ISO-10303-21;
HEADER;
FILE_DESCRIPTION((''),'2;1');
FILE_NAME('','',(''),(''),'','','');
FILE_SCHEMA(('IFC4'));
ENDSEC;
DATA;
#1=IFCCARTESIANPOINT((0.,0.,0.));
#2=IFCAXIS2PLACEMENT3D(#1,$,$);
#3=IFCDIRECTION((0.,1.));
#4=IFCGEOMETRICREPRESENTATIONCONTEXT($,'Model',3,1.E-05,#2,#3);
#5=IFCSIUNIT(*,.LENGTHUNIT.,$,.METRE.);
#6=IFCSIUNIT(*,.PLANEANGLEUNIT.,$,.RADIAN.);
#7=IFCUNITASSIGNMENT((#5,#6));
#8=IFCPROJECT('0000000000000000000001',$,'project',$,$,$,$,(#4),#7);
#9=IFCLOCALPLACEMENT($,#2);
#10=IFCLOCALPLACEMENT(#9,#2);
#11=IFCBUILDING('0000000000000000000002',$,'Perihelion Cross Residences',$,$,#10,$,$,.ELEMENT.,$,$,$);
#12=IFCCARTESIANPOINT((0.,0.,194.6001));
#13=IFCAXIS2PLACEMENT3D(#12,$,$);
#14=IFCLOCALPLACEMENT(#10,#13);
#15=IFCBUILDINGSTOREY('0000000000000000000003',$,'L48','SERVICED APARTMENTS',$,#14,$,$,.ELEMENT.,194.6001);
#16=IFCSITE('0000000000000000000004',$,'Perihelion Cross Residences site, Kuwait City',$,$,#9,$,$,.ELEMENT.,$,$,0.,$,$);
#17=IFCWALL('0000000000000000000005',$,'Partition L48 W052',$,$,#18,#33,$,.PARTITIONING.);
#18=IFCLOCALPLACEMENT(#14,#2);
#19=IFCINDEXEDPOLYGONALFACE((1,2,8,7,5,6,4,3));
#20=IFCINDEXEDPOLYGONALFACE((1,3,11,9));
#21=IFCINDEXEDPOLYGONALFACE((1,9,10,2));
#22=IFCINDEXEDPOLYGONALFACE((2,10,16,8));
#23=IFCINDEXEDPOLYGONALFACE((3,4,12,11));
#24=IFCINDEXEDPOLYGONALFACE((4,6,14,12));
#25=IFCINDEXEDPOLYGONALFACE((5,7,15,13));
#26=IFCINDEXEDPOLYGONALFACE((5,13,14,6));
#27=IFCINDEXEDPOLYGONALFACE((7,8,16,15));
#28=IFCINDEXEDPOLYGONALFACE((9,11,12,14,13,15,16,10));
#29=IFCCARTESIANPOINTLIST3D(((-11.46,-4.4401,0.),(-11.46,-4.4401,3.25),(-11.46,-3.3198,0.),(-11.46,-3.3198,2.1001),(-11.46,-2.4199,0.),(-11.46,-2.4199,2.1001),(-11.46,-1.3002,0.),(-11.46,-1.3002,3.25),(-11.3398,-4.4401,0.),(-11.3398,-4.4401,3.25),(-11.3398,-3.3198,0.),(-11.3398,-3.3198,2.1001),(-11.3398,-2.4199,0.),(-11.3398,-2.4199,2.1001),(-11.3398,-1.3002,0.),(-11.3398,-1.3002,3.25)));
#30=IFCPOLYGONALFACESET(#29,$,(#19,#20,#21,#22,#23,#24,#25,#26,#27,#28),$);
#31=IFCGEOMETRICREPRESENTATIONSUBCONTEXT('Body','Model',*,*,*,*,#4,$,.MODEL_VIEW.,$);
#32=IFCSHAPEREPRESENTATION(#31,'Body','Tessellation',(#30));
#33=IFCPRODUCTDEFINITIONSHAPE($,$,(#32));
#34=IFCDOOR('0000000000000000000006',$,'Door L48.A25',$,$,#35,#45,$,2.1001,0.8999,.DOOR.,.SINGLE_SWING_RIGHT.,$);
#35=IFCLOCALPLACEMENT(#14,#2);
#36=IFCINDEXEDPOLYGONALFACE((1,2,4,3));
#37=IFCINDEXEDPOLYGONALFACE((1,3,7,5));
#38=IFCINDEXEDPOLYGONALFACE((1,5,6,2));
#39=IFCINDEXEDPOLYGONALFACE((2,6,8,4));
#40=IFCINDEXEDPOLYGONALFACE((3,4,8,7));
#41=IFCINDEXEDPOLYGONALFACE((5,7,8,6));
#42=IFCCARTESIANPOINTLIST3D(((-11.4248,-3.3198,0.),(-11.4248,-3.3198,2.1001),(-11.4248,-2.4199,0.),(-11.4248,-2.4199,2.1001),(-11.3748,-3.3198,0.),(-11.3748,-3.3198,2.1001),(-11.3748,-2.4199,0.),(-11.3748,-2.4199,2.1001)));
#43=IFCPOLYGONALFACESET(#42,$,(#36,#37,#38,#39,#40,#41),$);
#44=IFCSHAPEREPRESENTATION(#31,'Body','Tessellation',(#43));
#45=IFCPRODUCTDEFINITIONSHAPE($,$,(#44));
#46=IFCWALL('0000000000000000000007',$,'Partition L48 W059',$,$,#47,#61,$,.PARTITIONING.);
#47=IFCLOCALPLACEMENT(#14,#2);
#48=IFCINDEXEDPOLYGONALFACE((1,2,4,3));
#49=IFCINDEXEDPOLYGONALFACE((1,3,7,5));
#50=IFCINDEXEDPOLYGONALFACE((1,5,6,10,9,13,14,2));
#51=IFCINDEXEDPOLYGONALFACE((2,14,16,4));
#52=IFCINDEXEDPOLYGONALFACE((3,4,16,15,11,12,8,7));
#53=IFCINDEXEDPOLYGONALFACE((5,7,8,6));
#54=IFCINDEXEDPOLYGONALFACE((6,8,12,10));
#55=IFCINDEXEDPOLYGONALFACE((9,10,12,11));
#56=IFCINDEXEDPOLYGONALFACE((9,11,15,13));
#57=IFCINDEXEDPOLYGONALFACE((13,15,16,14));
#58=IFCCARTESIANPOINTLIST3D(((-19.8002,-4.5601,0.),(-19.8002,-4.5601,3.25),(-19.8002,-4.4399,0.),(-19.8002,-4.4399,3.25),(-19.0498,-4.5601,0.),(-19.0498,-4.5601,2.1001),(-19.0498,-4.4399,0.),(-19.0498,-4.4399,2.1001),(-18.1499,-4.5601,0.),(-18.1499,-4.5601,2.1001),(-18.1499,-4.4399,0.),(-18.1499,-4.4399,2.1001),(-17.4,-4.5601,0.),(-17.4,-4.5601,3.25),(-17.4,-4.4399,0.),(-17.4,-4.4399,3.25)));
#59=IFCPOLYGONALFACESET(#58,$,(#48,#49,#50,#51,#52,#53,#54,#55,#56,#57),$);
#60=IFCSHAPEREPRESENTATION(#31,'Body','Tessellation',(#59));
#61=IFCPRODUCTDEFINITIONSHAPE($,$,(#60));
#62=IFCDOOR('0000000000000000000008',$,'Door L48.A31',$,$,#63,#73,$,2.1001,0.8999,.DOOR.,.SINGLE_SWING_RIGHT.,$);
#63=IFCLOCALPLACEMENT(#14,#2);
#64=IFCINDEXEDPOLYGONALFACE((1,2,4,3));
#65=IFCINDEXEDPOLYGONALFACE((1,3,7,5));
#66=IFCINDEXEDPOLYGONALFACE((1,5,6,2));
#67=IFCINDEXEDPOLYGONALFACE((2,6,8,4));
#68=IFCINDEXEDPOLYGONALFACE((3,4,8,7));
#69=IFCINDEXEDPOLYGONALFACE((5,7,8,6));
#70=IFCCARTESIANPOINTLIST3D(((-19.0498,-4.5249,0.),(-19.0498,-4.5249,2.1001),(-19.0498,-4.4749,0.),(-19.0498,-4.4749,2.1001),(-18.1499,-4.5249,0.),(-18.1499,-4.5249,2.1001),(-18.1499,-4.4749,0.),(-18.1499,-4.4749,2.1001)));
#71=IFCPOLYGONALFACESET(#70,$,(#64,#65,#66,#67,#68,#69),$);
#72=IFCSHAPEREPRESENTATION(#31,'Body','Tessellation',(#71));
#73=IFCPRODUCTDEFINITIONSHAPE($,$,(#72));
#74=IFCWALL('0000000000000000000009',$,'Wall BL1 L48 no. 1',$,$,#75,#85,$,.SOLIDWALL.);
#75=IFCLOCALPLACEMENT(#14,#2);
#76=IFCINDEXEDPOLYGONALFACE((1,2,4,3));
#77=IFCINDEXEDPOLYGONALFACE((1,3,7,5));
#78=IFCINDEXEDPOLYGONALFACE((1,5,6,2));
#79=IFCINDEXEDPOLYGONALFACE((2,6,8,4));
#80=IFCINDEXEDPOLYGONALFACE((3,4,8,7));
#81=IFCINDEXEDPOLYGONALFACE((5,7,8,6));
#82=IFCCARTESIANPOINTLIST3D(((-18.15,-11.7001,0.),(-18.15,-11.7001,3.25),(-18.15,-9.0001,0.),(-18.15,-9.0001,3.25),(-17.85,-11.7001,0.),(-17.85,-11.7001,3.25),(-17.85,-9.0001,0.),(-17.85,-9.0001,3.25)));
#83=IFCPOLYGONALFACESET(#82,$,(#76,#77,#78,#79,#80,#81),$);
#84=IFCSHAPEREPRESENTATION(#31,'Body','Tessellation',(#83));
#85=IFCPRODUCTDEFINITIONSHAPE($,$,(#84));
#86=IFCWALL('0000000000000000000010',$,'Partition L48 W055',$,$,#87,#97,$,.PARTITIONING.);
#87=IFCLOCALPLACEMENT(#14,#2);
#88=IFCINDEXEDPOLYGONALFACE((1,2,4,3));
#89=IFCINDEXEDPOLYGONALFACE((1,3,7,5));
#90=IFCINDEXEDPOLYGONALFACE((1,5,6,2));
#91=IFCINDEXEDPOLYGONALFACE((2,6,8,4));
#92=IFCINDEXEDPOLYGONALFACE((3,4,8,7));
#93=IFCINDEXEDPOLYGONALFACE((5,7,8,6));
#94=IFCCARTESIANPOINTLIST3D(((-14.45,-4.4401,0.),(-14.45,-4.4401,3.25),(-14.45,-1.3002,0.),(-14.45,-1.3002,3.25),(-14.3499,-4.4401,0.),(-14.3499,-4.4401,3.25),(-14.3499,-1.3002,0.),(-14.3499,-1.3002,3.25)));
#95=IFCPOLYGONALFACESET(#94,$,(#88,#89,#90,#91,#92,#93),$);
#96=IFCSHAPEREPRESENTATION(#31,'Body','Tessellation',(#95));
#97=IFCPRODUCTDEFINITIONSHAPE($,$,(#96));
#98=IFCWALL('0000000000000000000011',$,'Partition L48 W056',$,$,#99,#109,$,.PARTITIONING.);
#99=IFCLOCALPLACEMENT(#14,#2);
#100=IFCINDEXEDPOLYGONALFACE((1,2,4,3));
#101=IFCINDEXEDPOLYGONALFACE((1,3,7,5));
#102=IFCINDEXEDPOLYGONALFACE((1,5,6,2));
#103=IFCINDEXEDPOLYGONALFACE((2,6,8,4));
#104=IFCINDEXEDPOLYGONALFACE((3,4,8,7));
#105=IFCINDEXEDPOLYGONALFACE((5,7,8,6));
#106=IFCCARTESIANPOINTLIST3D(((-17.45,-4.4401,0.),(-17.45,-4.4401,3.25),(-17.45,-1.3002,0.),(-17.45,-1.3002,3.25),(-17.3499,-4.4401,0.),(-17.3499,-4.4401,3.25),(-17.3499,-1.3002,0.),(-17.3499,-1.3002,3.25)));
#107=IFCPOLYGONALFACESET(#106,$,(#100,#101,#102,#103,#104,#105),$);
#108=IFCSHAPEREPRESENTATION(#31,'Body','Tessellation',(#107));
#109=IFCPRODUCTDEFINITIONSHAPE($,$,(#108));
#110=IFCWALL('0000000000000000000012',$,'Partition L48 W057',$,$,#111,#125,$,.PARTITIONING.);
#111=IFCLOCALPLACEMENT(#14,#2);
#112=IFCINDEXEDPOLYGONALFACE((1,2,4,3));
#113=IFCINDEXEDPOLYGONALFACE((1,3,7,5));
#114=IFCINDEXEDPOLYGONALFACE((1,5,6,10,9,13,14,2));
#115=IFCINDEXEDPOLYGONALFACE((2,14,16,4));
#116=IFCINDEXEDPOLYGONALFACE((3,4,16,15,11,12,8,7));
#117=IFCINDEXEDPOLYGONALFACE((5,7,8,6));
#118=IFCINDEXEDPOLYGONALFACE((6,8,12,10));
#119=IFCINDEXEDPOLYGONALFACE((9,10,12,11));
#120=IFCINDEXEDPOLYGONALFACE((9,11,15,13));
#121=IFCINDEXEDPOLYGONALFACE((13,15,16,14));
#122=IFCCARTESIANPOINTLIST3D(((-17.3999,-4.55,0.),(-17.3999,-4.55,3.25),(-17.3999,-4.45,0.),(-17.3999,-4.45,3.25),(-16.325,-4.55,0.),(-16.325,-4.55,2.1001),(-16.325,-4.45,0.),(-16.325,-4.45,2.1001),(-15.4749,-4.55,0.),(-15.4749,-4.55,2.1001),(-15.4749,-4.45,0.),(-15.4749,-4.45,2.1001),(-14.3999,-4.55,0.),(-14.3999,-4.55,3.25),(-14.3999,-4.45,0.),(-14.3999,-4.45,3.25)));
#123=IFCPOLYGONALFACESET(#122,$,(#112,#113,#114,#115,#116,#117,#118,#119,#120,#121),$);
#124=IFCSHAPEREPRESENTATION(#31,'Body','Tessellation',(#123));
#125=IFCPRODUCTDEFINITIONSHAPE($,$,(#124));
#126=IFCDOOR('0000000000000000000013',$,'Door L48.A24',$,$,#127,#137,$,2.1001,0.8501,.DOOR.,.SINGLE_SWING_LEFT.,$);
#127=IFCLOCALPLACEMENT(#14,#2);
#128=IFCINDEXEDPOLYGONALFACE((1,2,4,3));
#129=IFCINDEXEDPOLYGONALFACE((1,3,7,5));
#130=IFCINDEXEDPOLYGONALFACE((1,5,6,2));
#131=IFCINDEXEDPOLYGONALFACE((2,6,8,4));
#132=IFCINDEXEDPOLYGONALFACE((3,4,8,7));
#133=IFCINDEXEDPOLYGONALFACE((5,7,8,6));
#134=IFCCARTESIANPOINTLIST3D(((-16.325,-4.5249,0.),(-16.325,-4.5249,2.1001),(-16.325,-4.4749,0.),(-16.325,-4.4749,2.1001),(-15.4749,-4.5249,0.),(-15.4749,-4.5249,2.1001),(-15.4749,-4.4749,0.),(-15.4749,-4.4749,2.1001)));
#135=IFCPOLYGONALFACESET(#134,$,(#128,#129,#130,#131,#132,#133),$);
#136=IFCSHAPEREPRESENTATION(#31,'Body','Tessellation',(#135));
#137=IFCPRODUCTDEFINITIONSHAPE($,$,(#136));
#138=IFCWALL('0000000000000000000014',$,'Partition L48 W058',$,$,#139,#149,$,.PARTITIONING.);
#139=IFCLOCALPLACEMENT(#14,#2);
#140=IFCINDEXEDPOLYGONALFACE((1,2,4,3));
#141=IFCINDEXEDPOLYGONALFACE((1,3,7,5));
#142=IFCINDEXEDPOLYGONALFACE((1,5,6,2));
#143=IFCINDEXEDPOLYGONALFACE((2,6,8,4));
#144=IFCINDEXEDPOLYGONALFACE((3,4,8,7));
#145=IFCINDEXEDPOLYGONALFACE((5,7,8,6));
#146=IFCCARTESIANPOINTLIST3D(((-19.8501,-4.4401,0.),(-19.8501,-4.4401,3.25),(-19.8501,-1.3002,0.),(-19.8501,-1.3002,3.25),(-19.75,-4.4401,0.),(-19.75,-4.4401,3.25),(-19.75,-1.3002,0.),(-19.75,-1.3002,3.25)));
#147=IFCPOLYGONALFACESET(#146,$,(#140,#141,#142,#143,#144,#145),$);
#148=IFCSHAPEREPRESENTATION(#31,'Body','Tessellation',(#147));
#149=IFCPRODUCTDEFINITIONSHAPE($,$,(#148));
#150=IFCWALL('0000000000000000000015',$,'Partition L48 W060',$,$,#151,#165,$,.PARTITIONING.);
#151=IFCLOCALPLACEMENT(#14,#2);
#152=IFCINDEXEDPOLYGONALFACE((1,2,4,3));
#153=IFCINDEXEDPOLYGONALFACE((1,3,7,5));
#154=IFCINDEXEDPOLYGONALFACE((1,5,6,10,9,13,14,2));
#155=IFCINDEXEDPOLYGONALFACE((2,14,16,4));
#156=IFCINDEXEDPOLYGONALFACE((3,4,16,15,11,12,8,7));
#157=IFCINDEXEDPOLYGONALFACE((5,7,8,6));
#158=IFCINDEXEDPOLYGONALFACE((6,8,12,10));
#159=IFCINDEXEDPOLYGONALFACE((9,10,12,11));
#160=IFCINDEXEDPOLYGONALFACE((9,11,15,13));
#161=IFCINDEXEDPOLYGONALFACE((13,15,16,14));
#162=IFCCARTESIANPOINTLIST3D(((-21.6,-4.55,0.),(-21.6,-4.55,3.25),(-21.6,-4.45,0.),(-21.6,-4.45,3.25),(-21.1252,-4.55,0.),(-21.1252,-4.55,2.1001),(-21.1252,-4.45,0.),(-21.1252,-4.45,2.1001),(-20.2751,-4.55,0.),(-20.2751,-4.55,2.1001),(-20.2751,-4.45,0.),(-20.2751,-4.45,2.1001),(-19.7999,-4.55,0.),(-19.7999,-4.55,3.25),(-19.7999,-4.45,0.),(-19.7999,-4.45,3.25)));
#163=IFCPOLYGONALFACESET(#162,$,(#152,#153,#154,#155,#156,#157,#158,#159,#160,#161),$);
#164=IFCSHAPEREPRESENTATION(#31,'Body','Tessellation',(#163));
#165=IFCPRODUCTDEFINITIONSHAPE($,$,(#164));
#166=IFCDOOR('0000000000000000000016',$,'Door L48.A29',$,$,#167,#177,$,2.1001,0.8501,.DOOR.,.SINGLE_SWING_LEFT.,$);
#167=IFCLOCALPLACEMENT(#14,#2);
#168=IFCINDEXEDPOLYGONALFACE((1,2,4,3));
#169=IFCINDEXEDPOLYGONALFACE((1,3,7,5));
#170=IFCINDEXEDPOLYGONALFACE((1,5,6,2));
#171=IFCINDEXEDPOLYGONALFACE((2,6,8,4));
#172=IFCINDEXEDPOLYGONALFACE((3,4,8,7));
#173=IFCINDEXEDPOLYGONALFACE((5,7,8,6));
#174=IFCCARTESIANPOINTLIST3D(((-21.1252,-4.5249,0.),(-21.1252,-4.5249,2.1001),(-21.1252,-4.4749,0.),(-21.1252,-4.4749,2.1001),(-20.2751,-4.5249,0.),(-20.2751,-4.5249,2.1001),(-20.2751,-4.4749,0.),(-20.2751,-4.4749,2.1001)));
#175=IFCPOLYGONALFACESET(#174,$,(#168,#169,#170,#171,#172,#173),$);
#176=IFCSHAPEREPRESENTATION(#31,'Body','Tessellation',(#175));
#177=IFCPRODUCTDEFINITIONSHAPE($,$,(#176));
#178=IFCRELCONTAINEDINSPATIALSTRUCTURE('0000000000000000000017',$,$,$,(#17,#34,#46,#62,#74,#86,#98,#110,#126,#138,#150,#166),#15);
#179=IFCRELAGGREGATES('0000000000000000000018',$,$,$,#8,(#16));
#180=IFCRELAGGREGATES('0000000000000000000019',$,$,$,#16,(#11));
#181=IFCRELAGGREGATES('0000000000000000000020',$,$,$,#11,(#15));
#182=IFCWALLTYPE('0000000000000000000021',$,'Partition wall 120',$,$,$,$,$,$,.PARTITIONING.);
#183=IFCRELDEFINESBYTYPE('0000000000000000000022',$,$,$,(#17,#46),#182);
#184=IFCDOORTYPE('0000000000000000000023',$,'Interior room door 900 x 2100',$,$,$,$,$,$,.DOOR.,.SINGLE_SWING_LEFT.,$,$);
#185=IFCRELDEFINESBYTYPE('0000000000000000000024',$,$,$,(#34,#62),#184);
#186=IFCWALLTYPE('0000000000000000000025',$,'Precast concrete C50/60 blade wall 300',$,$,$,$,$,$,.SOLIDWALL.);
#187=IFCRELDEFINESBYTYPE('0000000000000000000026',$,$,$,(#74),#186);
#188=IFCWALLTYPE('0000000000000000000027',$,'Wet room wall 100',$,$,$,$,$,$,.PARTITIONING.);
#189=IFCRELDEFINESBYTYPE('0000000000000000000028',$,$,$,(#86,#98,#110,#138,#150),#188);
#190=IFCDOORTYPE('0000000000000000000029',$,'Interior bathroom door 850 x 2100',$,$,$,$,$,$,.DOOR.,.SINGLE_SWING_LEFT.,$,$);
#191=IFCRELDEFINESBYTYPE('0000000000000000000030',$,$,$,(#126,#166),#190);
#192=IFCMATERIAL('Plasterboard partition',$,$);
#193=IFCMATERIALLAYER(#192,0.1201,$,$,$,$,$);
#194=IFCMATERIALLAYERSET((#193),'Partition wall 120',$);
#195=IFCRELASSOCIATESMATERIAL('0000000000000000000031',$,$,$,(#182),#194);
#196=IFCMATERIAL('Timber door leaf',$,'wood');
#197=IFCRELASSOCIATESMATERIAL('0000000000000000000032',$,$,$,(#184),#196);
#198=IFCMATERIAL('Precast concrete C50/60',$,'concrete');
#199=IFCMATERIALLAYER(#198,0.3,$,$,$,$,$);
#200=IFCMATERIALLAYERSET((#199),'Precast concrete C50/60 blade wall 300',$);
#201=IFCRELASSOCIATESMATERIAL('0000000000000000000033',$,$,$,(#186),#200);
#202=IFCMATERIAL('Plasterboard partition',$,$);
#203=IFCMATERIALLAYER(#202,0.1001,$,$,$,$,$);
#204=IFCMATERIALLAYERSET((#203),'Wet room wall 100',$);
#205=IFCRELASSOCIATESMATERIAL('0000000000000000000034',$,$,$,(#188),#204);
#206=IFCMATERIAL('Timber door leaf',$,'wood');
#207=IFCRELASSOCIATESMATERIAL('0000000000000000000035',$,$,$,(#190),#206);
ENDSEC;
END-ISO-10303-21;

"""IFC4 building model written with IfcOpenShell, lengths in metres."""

from ifc_helpers import new_model, si_unit, direction, frame, frame_2d, origin, place, context, subcontext, project, spatial, rectangle, extrude, material, layer, layer_set, type_object, element, fill, save


model = new_model("IFC4")

# Units and contexts
model_context = context("Model", 3, precision=1e-05, world=origin(), true_north=direction((0.0, 1.0)))
body_context = subcontext(model_context, "Body", "Model", "MODEL_VIEW")
ifc_project = project(units=[si_unit("LENGTHUNIT", "METRE"), si_unit("PLANEANGLEUNIT", "RADIAN")], contexts=[model_context])

# Site, building, storey
site_placement = place(None, origin())
site = spatial("IfcSite", under=ifc_project, at=site_placement, Name="Perihelion Cross Residences site, Kuwait City", CompositionType="ELEMENT", RefElevation=0.0)
building_placement = place(site_placement, origin())
building = spatial("IfcBuilding", under=site, at=building_placement, Name="Perihelion Cross Residences", CompositionType="ELEMENT")
storey_placement = place(building_placement, frame((0.0, 0.0, 194.6001)))
storey = spatial("IfcBuildingStorey", under=building, at=storey_placement, Name="L48", Description="SERVICED APARTMENTS", CompositionType="ELEMENT", Elevation=194.6001)

# Walls, openings, doors
ifc_material_1 = material(Name="Plasterboard partition")
ifc_layer_1 = layer(ifc_material_1, 0.1201)
ifc_layer_set_1 = layer_set([ifc_layer_1], Name="Partition wall 120")
wall_type_1 = type_object("IfcWallType", Name="Partition wall 120", PredefinedType="PARTITIONING", material=ifc_layer_set_1)
wall_1_placement = place(storey_placement, frame((-11.3999, -4.4399, 0.0), z_axis=(0.0, 0.0, 1.0), x_axis=(0.0, 1.0, 0.0)))
wall_1 = element("IfcWall", 1, at=wall_1_placement, inside=storey, type_object=wall_type_1, Name="Partition L48 W052", PredefinedType="PARTITIONING", context=body_context, shape_type="SweptSolid", body=[
    extrude(rectangle(XDim=3.1399, YDim=0.1201, at=frame_2d((1.5698, 0.0))), origin(), (0.0, 0.0, 1.0), 3.25),
])
opening_1_placement = place(wall_1_placement, frame((1.1201, 0.0, 0.0)))
opening_1 = element("IfcOpeningElement", 2, at=opening_1_placement, cuts=wall_1, PredefinedType="OPENING", context=body_context, shape_type="SweptSolid", body=[
    extrude(rectangle(XDim=0.8999, YDim=2.1001, at=frame_2d((0.45, 1.05))), frame((0.0, 0.0701, 0.0), z_axis=(0.0, -1.0, 0.0), x_axis=(1.0, 0.0, 0.0)), (0.0, 0.0, 1.0), 0.1401),
])
ifc_material_2 = material(Name="Timber door leaf", Category="wood")
door_type_1 = type_object("IfcDoorType", Name="Interior room door 900 x 2100", OperationType="SINGLE_SWING_LEFT", PredefinedType="DOOR", material=ifc_material_2)
door_1_placement = place(opening_1_placement, origin())
door_1 = element("IfcDoor", 3, at=door_1_placement, inside=storey, type_object=door_type_1, Name="Door L48.A25", OperationType="SINGLE_SWING_RIGHT", OverallHeight=2.1001, OverallWidth=0.8999, PredefinedType="DOOR", context=body_context, shape_type="SweptSolid", body=[
    extrude(rectangle(XDim=0.8999, YDim=2.1001, at=frame_2d((0.45, 1.05))), frame((0.0, 0.0249, 0.0), z_axis=(0.0, -1.0, 0.0), x_axis=(1.0, 0.0, 0.0)), (0.0, 0.0, 1.0), 0.05),
])
fill(opening_1, door_1)
wall_2_placement = place(storey_placement, frame((-17.3999, -4.5, 0.0), z_axis=(0.0, 0.0, 1.0), x_axis=(-1.0, 0.0, 0.0)))
wall_2 = element("IfcWall", 4, at=wall_2_placement, inside=storey, type_object=wall_type_1, Name="Partition L48 W059", PredefinedType="PARTITIONING", context=body_context, shape_type="SweptSolid", body=[
    extrude(rectangle(XDim=2.4001, YDim=0.1201, at=frame_2d((1.2002, 0.0))), origin(), (0.0, 0.0, 1.0), 3.25),
])
opening_2_placement = place(wall_2_placement, frame((0.75, 0.0, 0.0)))
opening_2 = element("IfcOpeningElement", 5, at=opening_2_placement, cuts=wall_2, PredefinedType="OPENING", context=body_context, shape_type="SweptSolid", body=[
    extrude(rectangle(XDim=0.8999, YDim=2.1001, at=frame_2d((0.45, 1.05))), frame((0.0, 0.0701, 0.0), z_axis=(0.0, -1.0, 0.0), x_axis=(1.0, 0.0, 0.0)), (0.0, 0.0, 1.0), 0.1401),
])
door_2_placement = place(opening_2_placement, origin())
door_2 = element("IfcDoor", 6, at=door_2_placement, inside=storey, type_object=door_type_1, Name="Door L48.A31", OperationType="SINGLE_SWING_RIGHT", OverallHeight=2.1001, OverallWidth=0.8999, PredefinedType="DOOR", context=body_context, shape_type="SweptSolid", body=[
    extrude(rectangle(XDim=0.8999, YDim=2.1001, at=frame_2d((0.45, 1.05))), frame((0.0, 0.0249, 0.0), z_axis=(0.0, -1.0, 0.0), x_axis=(1.0, 0.0, 0.0)), (0.0, 0.0, 1.0), 0.05),
])
fill(opening_2, door_2)

# Walls
ifc_material_3 = material(Name="Precast concrete C50/60", Category="concrete")
ifc_layer_2 = layer(ifc_material_3, 0.3)
ifc_layer_set_2 = layer_set([ifc_layer_2], Name="Precast concrete C50/60 blade wall 300")
wall_type_2 = type_object("IfcWallType", Name="Precast concrete C50/60 blade wall 300", PredefinedType="SOLIDWALL", material=ifc_layer_set_2)
wall_3_placement = place(storey_placement, frame((-18.0, -9.0, 0.0), z_axis=(0.0, 0.0, 1.0), x_axis=(0.0, -1.0, 0.0)))
element("IfcWall", 7, at=wall_3_placement, inside=storey, type_object=wall_type_2, Name="Wall BL1 L48 no. 1", PredefinedType="SOLIDWALL", context=body_context, shape_type="SweptSolid", body=[
    extrude(rectangle(XDim=2.7, YDim=0.3, at=frame_2d((1.3501, 0.0))), origin(), (0.0, 0.0, 1.0), 3.25),
])
ifc_material_4 = material(Name="Plasterboard partition")
ifc_layer_3 = layer(ifc_material_4, 0.1001)
ifc_layer_set_3 = layer_set([ifc_layer_3], Name="Wet room wall 100")
wall_type_3 = type_object("IfcWallType", Name="Wet room wall 100", PredefinedType="PARTITIONING", material=ifc_layer_set_3)
for number, where, z_axis, x_axis, name in (
    (8, (-14.3999, -4.4399, 0.0), (0.0, 0.0, 1.0), (0.0, 1.0, 0.0), "Partition L48 W055"),
    (9, (-17.3999, -4.4399, 0.0), (0.0, 0.0, 1.0), (0.0, 1.0, 0.0), "Partition L48 W056"),
):
    element("IfcWall", number, at=place(storey_placement, frame(where, z_axis=z_axis, x_axis=x_axis)), inside=storey, type_object=wall_type_3, Name=name, PredefinedType="PARTITIONING", context=body_context, shape_type="SweptSolid", body=[
        extrude(rectangle(XDim=3.1399, YDim=0.1001, at=frame_2d((1.5698, 0.0))), origin(), (0.0, 0.0, 1.0), 3.25),
    ])

# Wall, opening, door
wall_4_placement = place(storey_placement, frame((-14.3999, -4.5, 0.0), z_axis=(0.0, 0.0, 1.0), x_axis=(-1.0, 0.0, 0.0)))
wall_4 = element("IfcWall", 10, at=wall_4_placement, inside=storey, type_object=wall_type_3, Name="Partition L48 W057", PredefinedType="PARTITIONING", context=body_context, shape_type="SweptSolid", body=[
    extrude(rectangle(XDim=3.0, YDim=0.1001, at=frame_2d((1.5, 0.0))), origin(), (0.0, 0.0, 1.0), 3.25),
])
opening_3_placement = place(wall_4_placement, frame((1.075, 0.0, 0.0)))
opening_3 = element("IfcOpeningElement", 11, at=opening_3_placement, cuts=wall_4, PredefinedType="OPENING", context=body_context, shape_type="SweptSolid", body=[
    extrude(rectangle(XDim=0.8501, YDim=2.1001, at=frame_2d((0.425, 1.05))), frame((0.0, 0.0601, 0.0), z_axis=(0.0, -1.0, 0.0), x_axis=(1.0, 0.0, 0.0)), (0.0, 0.0, 1.0), 0.1201),
])
ifc_material_5 = material(Name="Timber door leaf", Category="wood")
door_type_2 = type_object("IfcDoorType", Name="Interior bathroom door 850 x 2100", OperationType="SINGLE_SWING_LEFT", PredefinedType="DOOR", material=ifc_material_5)
door_3_placement = place(opening_3_placement, origin())
door_3 = element("IfcDoor", 12, at=door_3_placement, inside=storey, type_object=door_type_2, Name="Door L48.A24", OperationType="SINGLE_SWING_LEFT", OverallHeight=2.1001, OverallWidth=0.8501, PredefinedType="DOOR", context=body_context, shape_type="SweptSolid", body=[
    extrude(rectangle(XDim=0.8501, YDim=2.1001, at=frame_2d((0.425, 1.05))), frame((0.0, 0.0249, 0.0), z_axis=(0.0, -1.0, 0.0), x_axis=(1.0, 0.0, 0.0)), (0.0, 0.0, 1.0), 0.05),
])
fill(opening_3, door_3)

# Wall
wall_5_placement = place(storey_placement, frame((-19.8, -4.4399, 0.0), z_axis=(0.0, 0.0, 1.0), x_axis=(0.0, 1.0, 0.0)))
element("IfcWall", 13, at=wall_5_placement, inside=storey, type_object=wall_type_3, Name="Partition L48 W058", PredefinedType="PARTITIONING", context=body_context, shape_type="SweptSolid", body=[
    extrude(rectangle(XDim=3.1399, YDim=0.1001, at=frame_2d((1.5698, 0.0))), origin(), (0.0, 0.0, 1.0), 3.25),
])

# Wall, opening, door
wall_6_placement = place(storey_placement, frame((-19.8, -4.5, 0.0), z_axis=(0.0, 0.0, 1.0), x_axis=(-1.0, 0.0, 0.0)))
wall_6 = element("IfcWall", 14, at=wall_6_placement, inside=storey, type_object=wall_type_3, Name="Partition L48 W060", PredefinedType="PARTITIONING", context=body_context, shape_type="SweptSolid", body=[
    extrude(rectangle(XDim=1.8, YDim=0.1001, at=frame_2d((0.8999, 0.0))), origin(), (0.0, 0.0, 1.0), 3.25),
])
opening_4_placement = place(wall_6_placement, frame((0.4751, 0.0, 0.0)))
opening_4 = element("IfcOpeningElement", 15, at=opening_4_placement, cuts=wall_6, PredefinedType="OPENING", context=body_context, shape_type="SweptSolid", body=[
    extrude(rectangle(XDim=0.8501, YDim=2.1001, at=frame_2d((0.425, 1.05))), frame((0.0, 0.0601, 0.0), z_axis=(0.0, -1.0, 0.0), x_axis=(1.0, 0.0, 0.0)), (0.0, 0.0, 1.0), 0.1201),
])
door_4_placement = place(opening_4_placement, origin())
door_4 = element("IfcDoor", 16, at=door_4_placement, inside=storey, type_object=door_type_2, Name="Door L48.A29", OperationType="SINGLE_SWING_LEFT", OverallHeight=2.1001, OverallWidth=0.8501, PredefinedType="DOOR", context=body_context, shape_type="SweptSolid", body=[
    extrude(rectangle(XDim=0.8501, YDim=2.1001, at=frame_2d((0.425, 1.05))), frame((0.0, 0.0249, 0.0), z_axis=(0.0, -1.0, 0.0), x_axis=(1.0, 0.0, 0.0)), (0.0, 0.0, 1.0), 0.05),
])
fill(opening_4, door_4)

save(model, "model.ifc")
